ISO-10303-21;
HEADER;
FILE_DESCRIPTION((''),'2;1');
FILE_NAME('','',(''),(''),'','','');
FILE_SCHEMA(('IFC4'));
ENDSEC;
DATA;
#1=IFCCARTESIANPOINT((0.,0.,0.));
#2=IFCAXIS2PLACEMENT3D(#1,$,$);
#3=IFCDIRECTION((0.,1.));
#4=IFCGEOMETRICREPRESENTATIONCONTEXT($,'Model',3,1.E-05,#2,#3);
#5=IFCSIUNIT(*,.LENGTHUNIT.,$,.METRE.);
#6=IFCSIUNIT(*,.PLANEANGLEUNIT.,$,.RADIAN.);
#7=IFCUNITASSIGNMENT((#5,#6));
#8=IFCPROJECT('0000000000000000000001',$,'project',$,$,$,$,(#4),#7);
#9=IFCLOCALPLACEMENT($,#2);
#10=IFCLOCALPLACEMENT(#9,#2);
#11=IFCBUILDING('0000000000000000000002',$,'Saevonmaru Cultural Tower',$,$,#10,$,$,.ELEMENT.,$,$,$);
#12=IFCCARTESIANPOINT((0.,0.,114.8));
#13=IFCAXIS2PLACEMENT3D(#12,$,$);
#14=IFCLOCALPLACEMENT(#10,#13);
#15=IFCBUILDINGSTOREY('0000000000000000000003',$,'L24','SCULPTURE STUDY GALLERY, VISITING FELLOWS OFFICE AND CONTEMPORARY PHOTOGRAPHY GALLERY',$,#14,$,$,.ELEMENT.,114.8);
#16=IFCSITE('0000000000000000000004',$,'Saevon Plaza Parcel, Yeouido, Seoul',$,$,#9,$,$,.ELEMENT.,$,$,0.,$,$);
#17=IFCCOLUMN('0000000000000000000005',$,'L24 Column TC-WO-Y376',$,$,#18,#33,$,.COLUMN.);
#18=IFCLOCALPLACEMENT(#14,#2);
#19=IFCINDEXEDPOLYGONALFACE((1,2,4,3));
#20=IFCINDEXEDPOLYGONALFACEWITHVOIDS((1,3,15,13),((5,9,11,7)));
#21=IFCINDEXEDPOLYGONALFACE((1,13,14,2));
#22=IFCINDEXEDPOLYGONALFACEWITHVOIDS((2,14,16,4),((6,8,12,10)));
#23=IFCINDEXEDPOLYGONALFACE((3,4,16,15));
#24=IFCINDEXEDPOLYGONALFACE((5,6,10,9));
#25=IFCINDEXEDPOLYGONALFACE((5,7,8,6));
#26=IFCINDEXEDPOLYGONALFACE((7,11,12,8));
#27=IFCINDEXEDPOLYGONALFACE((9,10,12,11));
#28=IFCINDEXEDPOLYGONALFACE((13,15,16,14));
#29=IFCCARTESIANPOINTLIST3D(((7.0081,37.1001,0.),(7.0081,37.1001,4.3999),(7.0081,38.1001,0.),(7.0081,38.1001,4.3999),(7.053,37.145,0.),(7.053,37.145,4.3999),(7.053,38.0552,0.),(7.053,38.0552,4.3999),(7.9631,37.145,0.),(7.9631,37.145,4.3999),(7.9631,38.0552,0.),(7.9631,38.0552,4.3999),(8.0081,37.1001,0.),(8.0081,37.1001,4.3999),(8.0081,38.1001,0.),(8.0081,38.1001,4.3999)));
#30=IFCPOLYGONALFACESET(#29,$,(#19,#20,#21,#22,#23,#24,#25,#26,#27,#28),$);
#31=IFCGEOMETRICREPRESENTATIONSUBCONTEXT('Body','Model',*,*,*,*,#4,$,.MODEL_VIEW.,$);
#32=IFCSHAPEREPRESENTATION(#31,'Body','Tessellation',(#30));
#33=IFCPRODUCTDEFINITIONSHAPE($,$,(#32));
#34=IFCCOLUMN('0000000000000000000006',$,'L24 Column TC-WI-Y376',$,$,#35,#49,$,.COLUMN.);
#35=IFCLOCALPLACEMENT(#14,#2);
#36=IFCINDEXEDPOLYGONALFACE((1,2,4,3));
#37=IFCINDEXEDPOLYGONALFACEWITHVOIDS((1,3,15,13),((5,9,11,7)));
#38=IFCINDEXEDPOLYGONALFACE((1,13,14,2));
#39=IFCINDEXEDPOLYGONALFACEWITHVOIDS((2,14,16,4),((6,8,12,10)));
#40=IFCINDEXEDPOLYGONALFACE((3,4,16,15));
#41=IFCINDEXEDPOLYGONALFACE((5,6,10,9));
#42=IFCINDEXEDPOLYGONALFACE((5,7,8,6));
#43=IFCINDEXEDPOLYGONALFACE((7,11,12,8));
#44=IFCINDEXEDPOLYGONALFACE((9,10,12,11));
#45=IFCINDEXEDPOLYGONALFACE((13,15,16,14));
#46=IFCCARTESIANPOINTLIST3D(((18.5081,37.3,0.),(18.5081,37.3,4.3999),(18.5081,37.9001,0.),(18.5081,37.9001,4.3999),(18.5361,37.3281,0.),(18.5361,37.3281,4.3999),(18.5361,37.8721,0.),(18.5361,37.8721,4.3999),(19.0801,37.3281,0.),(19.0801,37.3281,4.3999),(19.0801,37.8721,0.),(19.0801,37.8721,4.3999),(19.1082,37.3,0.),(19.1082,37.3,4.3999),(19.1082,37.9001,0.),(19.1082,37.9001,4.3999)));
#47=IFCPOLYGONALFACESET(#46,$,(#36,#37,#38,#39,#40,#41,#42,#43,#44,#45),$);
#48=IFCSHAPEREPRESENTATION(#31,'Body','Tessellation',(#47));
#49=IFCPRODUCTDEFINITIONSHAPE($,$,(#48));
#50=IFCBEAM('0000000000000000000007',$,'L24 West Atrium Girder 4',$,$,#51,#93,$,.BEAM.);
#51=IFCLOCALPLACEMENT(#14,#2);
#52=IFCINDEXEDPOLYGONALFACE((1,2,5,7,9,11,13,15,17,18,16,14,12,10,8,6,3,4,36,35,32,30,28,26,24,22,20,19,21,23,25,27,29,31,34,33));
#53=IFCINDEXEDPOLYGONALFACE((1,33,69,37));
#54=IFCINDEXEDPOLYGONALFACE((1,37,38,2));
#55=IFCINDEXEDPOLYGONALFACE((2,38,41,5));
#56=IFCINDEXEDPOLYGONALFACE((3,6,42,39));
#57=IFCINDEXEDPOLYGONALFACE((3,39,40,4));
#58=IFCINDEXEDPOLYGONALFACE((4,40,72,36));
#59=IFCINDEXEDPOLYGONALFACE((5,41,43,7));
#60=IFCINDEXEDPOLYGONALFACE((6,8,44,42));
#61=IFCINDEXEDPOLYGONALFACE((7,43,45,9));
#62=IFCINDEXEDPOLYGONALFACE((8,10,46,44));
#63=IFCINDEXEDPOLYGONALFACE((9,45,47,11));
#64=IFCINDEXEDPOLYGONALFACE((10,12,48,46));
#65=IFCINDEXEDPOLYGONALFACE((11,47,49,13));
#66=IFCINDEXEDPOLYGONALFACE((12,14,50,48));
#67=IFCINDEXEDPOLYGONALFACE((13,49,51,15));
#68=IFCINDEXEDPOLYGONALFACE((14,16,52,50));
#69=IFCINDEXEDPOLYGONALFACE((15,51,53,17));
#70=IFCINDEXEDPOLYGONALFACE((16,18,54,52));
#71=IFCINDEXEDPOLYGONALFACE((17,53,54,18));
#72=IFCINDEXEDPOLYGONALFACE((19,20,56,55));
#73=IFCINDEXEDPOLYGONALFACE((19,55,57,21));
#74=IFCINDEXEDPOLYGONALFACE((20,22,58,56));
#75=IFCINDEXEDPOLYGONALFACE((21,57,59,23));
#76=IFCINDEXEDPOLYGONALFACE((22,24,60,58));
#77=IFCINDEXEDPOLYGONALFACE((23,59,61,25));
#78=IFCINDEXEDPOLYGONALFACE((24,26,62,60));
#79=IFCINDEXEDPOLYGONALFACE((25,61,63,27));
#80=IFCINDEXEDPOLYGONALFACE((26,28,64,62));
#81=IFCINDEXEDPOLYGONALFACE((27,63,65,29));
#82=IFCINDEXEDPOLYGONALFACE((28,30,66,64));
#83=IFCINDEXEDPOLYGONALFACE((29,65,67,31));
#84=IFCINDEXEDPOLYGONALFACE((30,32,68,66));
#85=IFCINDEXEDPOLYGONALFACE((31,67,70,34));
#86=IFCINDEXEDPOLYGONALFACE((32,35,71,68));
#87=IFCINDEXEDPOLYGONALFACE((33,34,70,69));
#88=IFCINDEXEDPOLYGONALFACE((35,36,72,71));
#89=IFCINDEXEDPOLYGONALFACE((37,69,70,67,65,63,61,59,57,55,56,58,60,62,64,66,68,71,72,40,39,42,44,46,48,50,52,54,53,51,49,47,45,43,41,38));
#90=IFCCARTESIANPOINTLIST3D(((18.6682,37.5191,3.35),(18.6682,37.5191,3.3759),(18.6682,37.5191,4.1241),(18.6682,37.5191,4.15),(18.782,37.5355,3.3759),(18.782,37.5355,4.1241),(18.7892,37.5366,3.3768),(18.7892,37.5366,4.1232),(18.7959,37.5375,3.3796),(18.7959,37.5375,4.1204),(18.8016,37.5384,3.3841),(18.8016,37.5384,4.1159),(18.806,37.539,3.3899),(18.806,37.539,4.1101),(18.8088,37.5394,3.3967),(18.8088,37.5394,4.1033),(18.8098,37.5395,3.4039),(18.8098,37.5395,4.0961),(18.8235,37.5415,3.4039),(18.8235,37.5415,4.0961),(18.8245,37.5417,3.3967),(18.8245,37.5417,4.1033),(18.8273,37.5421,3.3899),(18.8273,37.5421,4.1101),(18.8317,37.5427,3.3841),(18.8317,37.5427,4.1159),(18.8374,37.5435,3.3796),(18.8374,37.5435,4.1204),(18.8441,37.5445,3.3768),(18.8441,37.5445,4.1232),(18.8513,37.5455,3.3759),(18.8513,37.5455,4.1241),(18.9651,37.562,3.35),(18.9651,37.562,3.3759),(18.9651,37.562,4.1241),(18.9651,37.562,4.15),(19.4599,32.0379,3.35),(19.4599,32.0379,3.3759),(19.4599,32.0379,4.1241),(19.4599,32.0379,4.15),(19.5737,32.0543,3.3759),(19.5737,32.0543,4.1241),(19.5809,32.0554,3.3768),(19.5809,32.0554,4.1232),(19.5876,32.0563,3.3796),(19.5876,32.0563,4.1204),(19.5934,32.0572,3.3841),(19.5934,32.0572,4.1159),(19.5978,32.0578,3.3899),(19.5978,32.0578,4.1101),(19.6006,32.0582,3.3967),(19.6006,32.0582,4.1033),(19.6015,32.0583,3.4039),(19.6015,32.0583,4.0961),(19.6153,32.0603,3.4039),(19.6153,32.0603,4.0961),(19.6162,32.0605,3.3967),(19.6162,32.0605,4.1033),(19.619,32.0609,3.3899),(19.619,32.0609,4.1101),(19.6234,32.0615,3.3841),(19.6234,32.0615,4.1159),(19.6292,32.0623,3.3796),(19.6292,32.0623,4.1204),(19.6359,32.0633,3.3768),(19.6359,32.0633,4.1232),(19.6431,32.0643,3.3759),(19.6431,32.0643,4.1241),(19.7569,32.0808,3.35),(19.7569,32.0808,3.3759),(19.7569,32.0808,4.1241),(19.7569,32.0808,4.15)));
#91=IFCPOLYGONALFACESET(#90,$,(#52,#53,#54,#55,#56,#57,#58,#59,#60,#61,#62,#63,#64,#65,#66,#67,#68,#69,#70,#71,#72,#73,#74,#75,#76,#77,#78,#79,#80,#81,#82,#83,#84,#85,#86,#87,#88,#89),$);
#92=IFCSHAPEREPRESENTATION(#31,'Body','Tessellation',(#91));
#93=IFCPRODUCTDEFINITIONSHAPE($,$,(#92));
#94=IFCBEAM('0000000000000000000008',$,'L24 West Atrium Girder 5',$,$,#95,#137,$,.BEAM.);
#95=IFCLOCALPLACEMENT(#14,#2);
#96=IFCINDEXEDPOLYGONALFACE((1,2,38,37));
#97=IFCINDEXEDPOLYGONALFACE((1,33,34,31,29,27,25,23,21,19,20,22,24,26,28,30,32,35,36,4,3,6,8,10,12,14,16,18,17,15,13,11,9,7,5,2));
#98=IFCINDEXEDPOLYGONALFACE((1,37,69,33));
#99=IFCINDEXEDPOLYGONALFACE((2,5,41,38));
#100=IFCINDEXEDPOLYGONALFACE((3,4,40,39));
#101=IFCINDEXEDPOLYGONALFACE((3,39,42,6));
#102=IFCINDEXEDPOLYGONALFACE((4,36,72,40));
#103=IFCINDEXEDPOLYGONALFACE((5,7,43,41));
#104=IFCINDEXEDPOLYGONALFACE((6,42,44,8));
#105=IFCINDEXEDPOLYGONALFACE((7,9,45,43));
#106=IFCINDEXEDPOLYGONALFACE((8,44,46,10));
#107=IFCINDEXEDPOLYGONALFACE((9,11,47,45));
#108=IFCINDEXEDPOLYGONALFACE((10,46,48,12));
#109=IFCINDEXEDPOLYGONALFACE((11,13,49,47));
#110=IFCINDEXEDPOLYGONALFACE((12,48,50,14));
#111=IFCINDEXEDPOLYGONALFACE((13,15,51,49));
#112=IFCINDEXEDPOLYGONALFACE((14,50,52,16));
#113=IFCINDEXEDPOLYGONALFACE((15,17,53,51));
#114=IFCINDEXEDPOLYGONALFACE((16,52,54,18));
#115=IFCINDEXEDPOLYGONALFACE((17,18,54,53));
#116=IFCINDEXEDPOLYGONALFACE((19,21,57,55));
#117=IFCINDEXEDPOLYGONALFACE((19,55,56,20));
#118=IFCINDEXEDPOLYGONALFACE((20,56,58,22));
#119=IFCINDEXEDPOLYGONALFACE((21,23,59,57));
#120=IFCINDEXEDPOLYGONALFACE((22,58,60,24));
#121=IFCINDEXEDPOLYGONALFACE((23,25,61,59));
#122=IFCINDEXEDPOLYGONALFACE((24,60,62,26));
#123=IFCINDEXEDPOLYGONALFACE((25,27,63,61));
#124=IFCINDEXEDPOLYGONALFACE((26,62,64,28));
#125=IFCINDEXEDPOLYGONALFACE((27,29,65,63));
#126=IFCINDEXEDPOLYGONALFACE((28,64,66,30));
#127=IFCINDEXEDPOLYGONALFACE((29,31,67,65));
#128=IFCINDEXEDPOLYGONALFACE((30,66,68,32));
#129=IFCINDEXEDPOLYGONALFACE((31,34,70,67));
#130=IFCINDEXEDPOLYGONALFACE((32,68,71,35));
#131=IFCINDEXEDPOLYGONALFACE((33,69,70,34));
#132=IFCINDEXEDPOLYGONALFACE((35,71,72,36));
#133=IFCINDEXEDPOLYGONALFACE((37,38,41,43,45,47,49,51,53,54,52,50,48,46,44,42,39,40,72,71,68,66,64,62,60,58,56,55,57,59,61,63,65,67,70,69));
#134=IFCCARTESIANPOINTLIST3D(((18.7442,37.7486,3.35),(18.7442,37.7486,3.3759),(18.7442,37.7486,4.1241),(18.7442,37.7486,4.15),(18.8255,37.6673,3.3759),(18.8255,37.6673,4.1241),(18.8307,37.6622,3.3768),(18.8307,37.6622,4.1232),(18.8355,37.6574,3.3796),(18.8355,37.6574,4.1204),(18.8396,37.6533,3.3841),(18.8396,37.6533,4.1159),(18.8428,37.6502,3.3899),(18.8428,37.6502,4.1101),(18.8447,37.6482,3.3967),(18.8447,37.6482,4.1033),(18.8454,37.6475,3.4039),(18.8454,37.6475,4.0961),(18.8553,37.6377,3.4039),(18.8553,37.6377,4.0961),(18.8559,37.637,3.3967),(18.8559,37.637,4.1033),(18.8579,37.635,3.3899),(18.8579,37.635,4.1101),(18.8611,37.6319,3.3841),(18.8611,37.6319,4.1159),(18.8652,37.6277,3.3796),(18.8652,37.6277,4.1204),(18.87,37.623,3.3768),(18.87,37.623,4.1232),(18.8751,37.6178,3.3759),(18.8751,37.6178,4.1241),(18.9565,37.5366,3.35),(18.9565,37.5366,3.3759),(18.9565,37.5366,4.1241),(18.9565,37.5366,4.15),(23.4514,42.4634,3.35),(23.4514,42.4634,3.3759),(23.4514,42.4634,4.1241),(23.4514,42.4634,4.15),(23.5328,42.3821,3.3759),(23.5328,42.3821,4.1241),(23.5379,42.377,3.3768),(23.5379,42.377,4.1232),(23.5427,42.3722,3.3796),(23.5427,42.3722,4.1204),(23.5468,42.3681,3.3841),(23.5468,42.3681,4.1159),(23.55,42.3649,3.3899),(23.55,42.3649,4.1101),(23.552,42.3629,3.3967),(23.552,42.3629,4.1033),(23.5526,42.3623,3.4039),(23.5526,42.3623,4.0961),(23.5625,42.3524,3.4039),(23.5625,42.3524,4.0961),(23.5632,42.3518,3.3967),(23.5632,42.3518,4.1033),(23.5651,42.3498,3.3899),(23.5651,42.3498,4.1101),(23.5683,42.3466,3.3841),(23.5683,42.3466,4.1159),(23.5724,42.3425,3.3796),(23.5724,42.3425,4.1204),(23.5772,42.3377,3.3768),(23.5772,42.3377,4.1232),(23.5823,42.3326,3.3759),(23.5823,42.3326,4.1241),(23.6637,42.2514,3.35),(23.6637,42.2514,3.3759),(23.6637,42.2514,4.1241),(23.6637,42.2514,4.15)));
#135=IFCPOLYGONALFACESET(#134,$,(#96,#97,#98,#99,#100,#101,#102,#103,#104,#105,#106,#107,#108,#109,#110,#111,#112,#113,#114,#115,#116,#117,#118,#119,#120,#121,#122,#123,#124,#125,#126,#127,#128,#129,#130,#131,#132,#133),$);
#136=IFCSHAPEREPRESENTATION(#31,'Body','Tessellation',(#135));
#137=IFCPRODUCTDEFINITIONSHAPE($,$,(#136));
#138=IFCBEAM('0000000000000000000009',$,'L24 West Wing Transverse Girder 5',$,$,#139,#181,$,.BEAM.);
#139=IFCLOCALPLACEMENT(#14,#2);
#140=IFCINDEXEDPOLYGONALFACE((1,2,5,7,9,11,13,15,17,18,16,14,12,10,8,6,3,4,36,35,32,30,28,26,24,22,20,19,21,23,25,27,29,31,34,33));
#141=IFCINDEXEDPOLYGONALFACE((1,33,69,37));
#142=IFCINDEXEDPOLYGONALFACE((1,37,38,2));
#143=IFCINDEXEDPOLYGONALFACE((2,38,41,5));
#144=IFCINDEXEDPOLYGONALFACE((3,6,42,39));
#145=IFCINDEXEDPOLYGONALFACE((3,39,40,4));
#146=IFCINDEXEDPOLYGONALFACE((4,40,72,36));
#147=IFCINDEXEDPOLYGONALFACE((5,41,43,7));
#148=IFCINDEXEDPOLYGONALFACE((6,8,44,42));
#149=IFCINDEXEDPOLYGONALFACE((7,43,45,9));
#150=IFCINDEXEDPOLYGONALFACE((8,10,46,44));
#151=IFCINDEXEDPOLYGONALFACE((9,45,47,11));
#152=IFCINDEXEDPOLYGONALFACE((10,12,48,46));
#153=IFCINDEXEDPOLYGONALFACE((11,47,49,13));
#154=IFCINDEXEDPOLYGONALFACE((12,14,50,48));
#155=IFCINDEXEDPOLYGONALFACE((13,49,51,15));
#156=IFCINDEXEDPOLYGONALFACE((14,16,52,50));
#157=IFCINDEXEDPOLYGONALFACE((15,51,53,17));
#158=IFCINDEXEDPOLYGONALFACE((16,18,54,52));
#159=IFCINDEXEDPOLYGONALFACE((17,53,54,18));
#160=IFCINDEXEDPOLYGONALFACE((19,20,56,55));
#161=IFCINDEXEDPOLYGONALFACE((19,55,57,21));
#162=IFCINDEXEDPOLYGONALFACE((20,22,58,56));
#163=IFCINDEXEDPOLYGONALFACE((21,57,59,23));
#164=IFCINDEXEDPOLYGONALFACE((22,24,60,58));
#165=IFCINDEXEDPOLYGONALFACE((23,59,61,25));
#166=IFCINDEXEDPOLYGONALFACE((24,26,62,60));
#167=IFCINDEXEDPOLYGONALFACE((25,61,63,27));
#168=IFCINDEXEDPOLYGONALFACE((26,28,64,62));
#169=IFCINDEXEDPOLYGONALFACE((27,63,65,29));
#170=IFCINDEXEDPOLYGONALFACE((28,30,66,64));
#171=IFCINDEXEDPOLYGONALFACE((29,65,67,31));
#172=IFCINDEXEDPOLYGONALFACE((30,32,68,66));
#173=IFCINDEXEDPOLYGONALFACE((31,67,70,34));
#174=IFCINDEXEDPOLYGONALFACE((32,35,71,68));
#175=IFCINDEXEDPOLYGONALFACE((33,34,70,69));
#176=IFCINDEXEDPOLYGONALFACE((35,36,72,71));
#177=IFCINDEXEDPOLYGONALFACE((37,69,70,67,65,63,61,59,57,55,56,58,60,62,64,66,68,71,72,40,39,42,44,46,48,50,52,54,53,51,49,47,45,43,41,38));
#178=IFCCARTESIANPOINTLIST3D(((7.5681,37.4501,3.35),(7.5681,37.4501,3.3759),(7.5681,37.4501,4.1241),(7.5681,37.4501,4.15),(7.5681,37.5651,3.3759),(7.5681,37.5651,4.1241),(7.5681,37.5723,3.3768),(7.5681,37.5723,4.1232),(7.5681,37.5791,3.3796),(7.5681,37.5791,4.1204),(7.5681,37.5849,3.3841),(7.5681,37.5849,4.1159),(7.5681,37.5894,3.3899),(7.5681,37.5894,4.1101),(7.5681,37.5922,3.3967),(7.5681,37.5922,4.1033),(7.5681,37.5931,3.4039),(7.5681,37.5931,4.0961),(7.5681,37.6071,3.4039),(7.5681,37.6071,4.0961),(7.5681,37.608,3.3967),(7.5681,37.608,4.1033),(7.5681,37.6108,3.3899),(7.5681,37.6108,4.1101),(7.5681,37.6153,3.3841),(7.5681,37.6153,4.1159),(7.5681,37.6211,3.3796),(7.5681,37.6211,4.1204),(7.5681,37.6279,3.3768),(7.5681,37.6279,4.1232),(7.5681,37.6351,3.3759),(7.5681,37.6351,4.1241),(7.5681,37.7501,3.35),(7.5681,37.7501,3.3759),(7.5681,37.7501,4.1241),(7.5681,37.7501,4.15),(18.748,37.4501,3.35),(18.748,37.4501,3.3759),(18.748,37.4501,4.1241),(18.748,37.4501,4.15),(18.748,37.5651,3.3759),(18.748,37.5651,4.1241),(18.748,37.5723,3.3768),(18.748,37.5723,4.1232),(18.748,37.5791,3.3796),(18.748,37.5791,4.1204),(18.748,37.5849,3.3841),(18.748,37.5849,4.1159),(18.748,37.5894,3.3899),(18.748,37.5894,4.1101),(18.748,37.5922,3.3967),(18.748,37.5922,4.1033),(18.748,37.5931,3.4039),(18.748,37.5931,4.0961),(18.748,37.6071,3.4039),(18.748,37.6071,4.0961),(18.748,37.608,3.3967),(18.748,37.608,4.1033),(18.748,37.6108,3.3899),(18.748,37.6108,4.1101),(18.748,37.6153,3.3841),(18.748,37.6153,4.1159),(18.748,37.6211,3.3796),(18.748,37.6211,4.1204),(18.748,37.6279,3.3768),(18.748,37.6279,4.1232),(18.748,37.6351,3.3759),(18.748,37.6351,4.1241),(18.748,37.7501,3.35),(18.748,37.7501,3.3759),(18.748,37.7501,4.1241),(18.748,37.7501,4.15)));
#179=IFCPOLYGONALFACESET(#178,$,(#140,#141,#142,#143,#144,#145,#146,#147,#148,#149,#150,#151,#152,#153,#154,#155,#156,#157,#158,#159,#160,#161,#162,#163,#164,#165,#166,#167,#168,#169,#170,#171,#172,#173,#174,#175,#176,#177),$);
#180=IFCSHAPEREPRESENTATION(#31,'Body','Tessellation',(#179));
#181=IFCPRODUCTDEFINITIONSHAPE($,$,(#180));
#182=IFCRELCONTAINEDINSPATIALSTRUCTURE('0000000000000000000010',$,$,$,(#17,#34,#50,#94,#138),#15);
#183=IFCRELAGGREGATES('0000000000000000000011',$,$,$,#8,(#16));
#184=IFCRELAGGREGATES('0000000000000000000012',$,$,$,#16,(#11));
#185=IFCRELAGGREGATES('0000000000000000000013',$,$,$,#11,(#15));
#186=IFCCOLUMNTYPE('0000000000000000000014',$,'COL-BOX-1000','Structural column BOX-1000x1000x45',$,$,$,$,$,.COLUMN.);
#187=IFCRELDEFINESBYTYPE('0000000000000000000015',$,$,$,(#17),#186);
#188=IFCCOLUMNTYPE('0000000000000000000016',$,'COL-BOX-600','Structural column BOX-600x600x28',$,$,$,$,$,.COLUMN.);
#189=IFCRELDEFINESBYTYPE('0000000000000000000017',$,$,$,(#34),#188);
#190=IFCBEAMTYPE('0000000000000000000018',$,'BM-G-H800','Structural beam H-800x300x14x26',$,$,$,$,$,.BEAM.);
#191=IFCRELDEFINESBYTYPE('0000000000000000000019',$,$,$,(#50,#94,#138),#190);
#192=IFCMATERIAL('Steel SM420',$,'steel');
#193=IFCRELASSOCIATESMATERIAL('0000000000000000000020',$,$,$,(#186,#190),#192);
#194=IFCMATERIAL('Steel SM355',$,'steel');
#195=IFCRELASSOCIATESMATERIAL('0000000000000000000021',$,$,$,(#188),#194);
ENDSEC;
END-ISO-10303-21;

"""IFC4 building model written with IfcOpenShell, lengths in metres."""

from ifc_helpers import new_model, si_unit, direction, frame, origin, origin_2d, place, context, subcontext, project, spatial, hollow_rectangle, i_section, extrude, material, material_profile, profile_set, type_object, element, save


model = new_model("IFC4")

# Units and contexts
model_context = context("Model", 3, precision=1e-05, world=origin(), true_north=direction((0.0, 1.0)))
body_context = subcontext(model_context, "Body", "Model", "MODEL_VIEW")
ifc_project = project(units=[si_unit("LENGTHUNIT", "METRE"), si_unit("PLANEANGLEUNIT", "RADIAN")], contexts=[model_context])

# Site, building, storey
site_placement = place(None, origin())
site = spatial("IfcSite", under=ifc_project, at=site_placement, Name="Saevon Plaza Parcel, Yeouido, Seoul", CompositionType="ELEMENT", RefElevation=0.0)
building_placement = place(site_placement, origin())
building = spatial("IfcBuilding", under=site, at=building_placement, Name="Saevonmaru Cultural Tower", CompositionType="ELEMENT")
storey_placement = place(building_placement, frame((0.0, 0.0, 114.8)))
storey = spatial("IfcBuildingStorey", under=building, at=storey_placement, Name="L24", Description="SCULPTURE STUDY GALLERY, VISITING FELLOWS OFFICE AND CONTEMPORARY PHOTOGRAPHY GALLERY", CompositionType="ELEMENT", Elevation=114.8)

# Columns
ifc_material_1 = material(Name="Steel SM420", Category="steel")
ifc_material_profile_1 = material_profile(ifc_material_1, hollow_rectangle(XDim=1.0, YDim=1.0, WallThickness=0.0449, at=origin_2d()), Name="BOX-1000x1000x45")
ifc_profile_set_1 = profile_set([ifc_material_profile_1], Name="Steel SM420")
column_type_1 = type_object("IfcColumnType", Name="COL-BOX-1000", Description="Structural column BOX-1000x1000x45", PredefinedType="COLUMN", material=ifc_profile_set_1)
column_1_placement = place(storey_placement, frame((7.5081, 37.6001, 0.0), z_axis=(0.0, 0.0, 1.0), x_axis=(1.0, 0.0, 0.0)))
element("IfcColumn", 1, at=column_1_placement, inside=storey, type_object=column_type_1, Name="L24 Column TC-WO-Y376", PredefinedType="COLUMN", context=body_context, shape_type="SweptSolid", body=[
    extrude(hollow_rectangle(XDim=1.0, YDim=1.0, WallThickness=0.0449, at=origin_2d()), origin(), (0.0, 0.0, 1.0), 4.3999),
])
ifc_material_2 = material(Name="Steel SM355", Category="steel")
ifc_material_profile_2 = material_profile(ifc_material_2, hollow_rectangle(XDim=0.6001, YDim=0.6001, WallThickness=0.0281, at=origin_2d()), Name="BOX-600x600x28")
ifc_profile_set_2 = profile_set([ifc_material_profile_2], Name="Steel SM355")
column_type_2 = type_object("IfcColumnType", Name="COL-BOX-600", Description="Structural column BOX-600x600x28", PredefinedType="COLUMN", material=ifc_profile_set_2)
column_2_placement = place(storey_placement, frame((18.8081, 37.6001, 0.0), z_axis=(0.0, 0.0, 1.0), x_axis=(1.0, 0.0, 0.0)))
element("IfcColumn", 2, at=column_2_placement, inside=storey, type_object=column_type_2, Name="L24 Column TC-WI-Y376", PredefinedType="COLUMN", context=body_context, shape_type="SweptSolid", body=[
    extrude(hollow_rectangle(XDim=0.6001, YDim=0.6001, WallThickness=0.0281, at=origin_2d()), origin(), (0.0, 0.0, 1.0), 4.3999),
])

# Beams
ifc_material_profile_3 = material_profile(ifc_material_1, i_section(OverallWidth=0.3, OverallDepth=0.8, WebThickness=0.0139, FlangeThickness=0.0259, FilletRadius=0.0281, at=origin_2d()), Name="H-800x300x14x26")
ifc_profile_set_3 = profile_set([ifc_material_profile_3], Name="Steel SM420")
beam_type_1 = type_object("IfcBeamType", Name="BM-G-H800", Description="Structural beam H-800x300x14x26", PredefinedType="BEAM", material=ifc_profile_set_3)
beam_1_placement = place(storey_placement, frame((19.6084, 32.0593, 3.75), z_axis=(-0.142964, 0.989728, 0.0), x_axis=(-0.989728, -0.142964, 0.0)))
element("IfcBeam", 3, at=beam_1_placement, inside=storey, type_object=beam_type_1, Name="L24 West Atrium Girder 4", PredefinedType="BEAM", context=body_context, shape_type="SweptSolid", body=[
    extrude(i_section(OverallWidth=0.3, OverallDepth=0.8, WebThickness=0.0139, FlangeThickness=0.0259, FilletRadius=0.0281, at=origin_2d()), origin(), (0.0, 0.0, 1.0), 5.5381),
])
beam_2_placement = place(storey_placement, frame((18.8503, 37.6426, 3.75), z_axis=(0.706539, 0.707675, 0.0), x_axis=(-0.707675, 0.706539, 0.0)))
element("IfcBeam", 4, at=beam_2_placement, inside=storey, type_object=beam_type_1, Name="L24 West Atrium Girder 5", PredefinedType="BEAM", context=body_context, shape_type="SweptSolid", body=[
    extrude(i_section(OverallWidth=0.3, OverallDepth=0.8, WebThickness=0.0139, FlangeThickness=0.0259, FilletRadius=0.0281, at=origin_2d()), origin(), (0.0, 0.0, 1.0), 6.6624),
])
beam_3_placement = place(storey_placement, frame((7.5681, 37.6001, 3.75), z_axis=(1.0, 0.0, 0.0), x_axis=(0.0, 1.0, 0.0)))
element("IfcBeam", 5, at=beam_3_placement, inside=storey, type_object=beam_type_1, Name="L24 West Wing Transverse Girder 5", PredefinedType="BEAM", context=body_context, shape_type="SweptSolid", body=[
    extrude(i_section(OverallWidth=0.3, OverallDepth=0.8, WebThickness=0.0139, FlangeThickness=0.0259, FilletRadius=0.0281, at=origin_2d()), origin(), (0.0, 0.0, 1.0), 11.1799),
])

save(model, "model.ifc")
